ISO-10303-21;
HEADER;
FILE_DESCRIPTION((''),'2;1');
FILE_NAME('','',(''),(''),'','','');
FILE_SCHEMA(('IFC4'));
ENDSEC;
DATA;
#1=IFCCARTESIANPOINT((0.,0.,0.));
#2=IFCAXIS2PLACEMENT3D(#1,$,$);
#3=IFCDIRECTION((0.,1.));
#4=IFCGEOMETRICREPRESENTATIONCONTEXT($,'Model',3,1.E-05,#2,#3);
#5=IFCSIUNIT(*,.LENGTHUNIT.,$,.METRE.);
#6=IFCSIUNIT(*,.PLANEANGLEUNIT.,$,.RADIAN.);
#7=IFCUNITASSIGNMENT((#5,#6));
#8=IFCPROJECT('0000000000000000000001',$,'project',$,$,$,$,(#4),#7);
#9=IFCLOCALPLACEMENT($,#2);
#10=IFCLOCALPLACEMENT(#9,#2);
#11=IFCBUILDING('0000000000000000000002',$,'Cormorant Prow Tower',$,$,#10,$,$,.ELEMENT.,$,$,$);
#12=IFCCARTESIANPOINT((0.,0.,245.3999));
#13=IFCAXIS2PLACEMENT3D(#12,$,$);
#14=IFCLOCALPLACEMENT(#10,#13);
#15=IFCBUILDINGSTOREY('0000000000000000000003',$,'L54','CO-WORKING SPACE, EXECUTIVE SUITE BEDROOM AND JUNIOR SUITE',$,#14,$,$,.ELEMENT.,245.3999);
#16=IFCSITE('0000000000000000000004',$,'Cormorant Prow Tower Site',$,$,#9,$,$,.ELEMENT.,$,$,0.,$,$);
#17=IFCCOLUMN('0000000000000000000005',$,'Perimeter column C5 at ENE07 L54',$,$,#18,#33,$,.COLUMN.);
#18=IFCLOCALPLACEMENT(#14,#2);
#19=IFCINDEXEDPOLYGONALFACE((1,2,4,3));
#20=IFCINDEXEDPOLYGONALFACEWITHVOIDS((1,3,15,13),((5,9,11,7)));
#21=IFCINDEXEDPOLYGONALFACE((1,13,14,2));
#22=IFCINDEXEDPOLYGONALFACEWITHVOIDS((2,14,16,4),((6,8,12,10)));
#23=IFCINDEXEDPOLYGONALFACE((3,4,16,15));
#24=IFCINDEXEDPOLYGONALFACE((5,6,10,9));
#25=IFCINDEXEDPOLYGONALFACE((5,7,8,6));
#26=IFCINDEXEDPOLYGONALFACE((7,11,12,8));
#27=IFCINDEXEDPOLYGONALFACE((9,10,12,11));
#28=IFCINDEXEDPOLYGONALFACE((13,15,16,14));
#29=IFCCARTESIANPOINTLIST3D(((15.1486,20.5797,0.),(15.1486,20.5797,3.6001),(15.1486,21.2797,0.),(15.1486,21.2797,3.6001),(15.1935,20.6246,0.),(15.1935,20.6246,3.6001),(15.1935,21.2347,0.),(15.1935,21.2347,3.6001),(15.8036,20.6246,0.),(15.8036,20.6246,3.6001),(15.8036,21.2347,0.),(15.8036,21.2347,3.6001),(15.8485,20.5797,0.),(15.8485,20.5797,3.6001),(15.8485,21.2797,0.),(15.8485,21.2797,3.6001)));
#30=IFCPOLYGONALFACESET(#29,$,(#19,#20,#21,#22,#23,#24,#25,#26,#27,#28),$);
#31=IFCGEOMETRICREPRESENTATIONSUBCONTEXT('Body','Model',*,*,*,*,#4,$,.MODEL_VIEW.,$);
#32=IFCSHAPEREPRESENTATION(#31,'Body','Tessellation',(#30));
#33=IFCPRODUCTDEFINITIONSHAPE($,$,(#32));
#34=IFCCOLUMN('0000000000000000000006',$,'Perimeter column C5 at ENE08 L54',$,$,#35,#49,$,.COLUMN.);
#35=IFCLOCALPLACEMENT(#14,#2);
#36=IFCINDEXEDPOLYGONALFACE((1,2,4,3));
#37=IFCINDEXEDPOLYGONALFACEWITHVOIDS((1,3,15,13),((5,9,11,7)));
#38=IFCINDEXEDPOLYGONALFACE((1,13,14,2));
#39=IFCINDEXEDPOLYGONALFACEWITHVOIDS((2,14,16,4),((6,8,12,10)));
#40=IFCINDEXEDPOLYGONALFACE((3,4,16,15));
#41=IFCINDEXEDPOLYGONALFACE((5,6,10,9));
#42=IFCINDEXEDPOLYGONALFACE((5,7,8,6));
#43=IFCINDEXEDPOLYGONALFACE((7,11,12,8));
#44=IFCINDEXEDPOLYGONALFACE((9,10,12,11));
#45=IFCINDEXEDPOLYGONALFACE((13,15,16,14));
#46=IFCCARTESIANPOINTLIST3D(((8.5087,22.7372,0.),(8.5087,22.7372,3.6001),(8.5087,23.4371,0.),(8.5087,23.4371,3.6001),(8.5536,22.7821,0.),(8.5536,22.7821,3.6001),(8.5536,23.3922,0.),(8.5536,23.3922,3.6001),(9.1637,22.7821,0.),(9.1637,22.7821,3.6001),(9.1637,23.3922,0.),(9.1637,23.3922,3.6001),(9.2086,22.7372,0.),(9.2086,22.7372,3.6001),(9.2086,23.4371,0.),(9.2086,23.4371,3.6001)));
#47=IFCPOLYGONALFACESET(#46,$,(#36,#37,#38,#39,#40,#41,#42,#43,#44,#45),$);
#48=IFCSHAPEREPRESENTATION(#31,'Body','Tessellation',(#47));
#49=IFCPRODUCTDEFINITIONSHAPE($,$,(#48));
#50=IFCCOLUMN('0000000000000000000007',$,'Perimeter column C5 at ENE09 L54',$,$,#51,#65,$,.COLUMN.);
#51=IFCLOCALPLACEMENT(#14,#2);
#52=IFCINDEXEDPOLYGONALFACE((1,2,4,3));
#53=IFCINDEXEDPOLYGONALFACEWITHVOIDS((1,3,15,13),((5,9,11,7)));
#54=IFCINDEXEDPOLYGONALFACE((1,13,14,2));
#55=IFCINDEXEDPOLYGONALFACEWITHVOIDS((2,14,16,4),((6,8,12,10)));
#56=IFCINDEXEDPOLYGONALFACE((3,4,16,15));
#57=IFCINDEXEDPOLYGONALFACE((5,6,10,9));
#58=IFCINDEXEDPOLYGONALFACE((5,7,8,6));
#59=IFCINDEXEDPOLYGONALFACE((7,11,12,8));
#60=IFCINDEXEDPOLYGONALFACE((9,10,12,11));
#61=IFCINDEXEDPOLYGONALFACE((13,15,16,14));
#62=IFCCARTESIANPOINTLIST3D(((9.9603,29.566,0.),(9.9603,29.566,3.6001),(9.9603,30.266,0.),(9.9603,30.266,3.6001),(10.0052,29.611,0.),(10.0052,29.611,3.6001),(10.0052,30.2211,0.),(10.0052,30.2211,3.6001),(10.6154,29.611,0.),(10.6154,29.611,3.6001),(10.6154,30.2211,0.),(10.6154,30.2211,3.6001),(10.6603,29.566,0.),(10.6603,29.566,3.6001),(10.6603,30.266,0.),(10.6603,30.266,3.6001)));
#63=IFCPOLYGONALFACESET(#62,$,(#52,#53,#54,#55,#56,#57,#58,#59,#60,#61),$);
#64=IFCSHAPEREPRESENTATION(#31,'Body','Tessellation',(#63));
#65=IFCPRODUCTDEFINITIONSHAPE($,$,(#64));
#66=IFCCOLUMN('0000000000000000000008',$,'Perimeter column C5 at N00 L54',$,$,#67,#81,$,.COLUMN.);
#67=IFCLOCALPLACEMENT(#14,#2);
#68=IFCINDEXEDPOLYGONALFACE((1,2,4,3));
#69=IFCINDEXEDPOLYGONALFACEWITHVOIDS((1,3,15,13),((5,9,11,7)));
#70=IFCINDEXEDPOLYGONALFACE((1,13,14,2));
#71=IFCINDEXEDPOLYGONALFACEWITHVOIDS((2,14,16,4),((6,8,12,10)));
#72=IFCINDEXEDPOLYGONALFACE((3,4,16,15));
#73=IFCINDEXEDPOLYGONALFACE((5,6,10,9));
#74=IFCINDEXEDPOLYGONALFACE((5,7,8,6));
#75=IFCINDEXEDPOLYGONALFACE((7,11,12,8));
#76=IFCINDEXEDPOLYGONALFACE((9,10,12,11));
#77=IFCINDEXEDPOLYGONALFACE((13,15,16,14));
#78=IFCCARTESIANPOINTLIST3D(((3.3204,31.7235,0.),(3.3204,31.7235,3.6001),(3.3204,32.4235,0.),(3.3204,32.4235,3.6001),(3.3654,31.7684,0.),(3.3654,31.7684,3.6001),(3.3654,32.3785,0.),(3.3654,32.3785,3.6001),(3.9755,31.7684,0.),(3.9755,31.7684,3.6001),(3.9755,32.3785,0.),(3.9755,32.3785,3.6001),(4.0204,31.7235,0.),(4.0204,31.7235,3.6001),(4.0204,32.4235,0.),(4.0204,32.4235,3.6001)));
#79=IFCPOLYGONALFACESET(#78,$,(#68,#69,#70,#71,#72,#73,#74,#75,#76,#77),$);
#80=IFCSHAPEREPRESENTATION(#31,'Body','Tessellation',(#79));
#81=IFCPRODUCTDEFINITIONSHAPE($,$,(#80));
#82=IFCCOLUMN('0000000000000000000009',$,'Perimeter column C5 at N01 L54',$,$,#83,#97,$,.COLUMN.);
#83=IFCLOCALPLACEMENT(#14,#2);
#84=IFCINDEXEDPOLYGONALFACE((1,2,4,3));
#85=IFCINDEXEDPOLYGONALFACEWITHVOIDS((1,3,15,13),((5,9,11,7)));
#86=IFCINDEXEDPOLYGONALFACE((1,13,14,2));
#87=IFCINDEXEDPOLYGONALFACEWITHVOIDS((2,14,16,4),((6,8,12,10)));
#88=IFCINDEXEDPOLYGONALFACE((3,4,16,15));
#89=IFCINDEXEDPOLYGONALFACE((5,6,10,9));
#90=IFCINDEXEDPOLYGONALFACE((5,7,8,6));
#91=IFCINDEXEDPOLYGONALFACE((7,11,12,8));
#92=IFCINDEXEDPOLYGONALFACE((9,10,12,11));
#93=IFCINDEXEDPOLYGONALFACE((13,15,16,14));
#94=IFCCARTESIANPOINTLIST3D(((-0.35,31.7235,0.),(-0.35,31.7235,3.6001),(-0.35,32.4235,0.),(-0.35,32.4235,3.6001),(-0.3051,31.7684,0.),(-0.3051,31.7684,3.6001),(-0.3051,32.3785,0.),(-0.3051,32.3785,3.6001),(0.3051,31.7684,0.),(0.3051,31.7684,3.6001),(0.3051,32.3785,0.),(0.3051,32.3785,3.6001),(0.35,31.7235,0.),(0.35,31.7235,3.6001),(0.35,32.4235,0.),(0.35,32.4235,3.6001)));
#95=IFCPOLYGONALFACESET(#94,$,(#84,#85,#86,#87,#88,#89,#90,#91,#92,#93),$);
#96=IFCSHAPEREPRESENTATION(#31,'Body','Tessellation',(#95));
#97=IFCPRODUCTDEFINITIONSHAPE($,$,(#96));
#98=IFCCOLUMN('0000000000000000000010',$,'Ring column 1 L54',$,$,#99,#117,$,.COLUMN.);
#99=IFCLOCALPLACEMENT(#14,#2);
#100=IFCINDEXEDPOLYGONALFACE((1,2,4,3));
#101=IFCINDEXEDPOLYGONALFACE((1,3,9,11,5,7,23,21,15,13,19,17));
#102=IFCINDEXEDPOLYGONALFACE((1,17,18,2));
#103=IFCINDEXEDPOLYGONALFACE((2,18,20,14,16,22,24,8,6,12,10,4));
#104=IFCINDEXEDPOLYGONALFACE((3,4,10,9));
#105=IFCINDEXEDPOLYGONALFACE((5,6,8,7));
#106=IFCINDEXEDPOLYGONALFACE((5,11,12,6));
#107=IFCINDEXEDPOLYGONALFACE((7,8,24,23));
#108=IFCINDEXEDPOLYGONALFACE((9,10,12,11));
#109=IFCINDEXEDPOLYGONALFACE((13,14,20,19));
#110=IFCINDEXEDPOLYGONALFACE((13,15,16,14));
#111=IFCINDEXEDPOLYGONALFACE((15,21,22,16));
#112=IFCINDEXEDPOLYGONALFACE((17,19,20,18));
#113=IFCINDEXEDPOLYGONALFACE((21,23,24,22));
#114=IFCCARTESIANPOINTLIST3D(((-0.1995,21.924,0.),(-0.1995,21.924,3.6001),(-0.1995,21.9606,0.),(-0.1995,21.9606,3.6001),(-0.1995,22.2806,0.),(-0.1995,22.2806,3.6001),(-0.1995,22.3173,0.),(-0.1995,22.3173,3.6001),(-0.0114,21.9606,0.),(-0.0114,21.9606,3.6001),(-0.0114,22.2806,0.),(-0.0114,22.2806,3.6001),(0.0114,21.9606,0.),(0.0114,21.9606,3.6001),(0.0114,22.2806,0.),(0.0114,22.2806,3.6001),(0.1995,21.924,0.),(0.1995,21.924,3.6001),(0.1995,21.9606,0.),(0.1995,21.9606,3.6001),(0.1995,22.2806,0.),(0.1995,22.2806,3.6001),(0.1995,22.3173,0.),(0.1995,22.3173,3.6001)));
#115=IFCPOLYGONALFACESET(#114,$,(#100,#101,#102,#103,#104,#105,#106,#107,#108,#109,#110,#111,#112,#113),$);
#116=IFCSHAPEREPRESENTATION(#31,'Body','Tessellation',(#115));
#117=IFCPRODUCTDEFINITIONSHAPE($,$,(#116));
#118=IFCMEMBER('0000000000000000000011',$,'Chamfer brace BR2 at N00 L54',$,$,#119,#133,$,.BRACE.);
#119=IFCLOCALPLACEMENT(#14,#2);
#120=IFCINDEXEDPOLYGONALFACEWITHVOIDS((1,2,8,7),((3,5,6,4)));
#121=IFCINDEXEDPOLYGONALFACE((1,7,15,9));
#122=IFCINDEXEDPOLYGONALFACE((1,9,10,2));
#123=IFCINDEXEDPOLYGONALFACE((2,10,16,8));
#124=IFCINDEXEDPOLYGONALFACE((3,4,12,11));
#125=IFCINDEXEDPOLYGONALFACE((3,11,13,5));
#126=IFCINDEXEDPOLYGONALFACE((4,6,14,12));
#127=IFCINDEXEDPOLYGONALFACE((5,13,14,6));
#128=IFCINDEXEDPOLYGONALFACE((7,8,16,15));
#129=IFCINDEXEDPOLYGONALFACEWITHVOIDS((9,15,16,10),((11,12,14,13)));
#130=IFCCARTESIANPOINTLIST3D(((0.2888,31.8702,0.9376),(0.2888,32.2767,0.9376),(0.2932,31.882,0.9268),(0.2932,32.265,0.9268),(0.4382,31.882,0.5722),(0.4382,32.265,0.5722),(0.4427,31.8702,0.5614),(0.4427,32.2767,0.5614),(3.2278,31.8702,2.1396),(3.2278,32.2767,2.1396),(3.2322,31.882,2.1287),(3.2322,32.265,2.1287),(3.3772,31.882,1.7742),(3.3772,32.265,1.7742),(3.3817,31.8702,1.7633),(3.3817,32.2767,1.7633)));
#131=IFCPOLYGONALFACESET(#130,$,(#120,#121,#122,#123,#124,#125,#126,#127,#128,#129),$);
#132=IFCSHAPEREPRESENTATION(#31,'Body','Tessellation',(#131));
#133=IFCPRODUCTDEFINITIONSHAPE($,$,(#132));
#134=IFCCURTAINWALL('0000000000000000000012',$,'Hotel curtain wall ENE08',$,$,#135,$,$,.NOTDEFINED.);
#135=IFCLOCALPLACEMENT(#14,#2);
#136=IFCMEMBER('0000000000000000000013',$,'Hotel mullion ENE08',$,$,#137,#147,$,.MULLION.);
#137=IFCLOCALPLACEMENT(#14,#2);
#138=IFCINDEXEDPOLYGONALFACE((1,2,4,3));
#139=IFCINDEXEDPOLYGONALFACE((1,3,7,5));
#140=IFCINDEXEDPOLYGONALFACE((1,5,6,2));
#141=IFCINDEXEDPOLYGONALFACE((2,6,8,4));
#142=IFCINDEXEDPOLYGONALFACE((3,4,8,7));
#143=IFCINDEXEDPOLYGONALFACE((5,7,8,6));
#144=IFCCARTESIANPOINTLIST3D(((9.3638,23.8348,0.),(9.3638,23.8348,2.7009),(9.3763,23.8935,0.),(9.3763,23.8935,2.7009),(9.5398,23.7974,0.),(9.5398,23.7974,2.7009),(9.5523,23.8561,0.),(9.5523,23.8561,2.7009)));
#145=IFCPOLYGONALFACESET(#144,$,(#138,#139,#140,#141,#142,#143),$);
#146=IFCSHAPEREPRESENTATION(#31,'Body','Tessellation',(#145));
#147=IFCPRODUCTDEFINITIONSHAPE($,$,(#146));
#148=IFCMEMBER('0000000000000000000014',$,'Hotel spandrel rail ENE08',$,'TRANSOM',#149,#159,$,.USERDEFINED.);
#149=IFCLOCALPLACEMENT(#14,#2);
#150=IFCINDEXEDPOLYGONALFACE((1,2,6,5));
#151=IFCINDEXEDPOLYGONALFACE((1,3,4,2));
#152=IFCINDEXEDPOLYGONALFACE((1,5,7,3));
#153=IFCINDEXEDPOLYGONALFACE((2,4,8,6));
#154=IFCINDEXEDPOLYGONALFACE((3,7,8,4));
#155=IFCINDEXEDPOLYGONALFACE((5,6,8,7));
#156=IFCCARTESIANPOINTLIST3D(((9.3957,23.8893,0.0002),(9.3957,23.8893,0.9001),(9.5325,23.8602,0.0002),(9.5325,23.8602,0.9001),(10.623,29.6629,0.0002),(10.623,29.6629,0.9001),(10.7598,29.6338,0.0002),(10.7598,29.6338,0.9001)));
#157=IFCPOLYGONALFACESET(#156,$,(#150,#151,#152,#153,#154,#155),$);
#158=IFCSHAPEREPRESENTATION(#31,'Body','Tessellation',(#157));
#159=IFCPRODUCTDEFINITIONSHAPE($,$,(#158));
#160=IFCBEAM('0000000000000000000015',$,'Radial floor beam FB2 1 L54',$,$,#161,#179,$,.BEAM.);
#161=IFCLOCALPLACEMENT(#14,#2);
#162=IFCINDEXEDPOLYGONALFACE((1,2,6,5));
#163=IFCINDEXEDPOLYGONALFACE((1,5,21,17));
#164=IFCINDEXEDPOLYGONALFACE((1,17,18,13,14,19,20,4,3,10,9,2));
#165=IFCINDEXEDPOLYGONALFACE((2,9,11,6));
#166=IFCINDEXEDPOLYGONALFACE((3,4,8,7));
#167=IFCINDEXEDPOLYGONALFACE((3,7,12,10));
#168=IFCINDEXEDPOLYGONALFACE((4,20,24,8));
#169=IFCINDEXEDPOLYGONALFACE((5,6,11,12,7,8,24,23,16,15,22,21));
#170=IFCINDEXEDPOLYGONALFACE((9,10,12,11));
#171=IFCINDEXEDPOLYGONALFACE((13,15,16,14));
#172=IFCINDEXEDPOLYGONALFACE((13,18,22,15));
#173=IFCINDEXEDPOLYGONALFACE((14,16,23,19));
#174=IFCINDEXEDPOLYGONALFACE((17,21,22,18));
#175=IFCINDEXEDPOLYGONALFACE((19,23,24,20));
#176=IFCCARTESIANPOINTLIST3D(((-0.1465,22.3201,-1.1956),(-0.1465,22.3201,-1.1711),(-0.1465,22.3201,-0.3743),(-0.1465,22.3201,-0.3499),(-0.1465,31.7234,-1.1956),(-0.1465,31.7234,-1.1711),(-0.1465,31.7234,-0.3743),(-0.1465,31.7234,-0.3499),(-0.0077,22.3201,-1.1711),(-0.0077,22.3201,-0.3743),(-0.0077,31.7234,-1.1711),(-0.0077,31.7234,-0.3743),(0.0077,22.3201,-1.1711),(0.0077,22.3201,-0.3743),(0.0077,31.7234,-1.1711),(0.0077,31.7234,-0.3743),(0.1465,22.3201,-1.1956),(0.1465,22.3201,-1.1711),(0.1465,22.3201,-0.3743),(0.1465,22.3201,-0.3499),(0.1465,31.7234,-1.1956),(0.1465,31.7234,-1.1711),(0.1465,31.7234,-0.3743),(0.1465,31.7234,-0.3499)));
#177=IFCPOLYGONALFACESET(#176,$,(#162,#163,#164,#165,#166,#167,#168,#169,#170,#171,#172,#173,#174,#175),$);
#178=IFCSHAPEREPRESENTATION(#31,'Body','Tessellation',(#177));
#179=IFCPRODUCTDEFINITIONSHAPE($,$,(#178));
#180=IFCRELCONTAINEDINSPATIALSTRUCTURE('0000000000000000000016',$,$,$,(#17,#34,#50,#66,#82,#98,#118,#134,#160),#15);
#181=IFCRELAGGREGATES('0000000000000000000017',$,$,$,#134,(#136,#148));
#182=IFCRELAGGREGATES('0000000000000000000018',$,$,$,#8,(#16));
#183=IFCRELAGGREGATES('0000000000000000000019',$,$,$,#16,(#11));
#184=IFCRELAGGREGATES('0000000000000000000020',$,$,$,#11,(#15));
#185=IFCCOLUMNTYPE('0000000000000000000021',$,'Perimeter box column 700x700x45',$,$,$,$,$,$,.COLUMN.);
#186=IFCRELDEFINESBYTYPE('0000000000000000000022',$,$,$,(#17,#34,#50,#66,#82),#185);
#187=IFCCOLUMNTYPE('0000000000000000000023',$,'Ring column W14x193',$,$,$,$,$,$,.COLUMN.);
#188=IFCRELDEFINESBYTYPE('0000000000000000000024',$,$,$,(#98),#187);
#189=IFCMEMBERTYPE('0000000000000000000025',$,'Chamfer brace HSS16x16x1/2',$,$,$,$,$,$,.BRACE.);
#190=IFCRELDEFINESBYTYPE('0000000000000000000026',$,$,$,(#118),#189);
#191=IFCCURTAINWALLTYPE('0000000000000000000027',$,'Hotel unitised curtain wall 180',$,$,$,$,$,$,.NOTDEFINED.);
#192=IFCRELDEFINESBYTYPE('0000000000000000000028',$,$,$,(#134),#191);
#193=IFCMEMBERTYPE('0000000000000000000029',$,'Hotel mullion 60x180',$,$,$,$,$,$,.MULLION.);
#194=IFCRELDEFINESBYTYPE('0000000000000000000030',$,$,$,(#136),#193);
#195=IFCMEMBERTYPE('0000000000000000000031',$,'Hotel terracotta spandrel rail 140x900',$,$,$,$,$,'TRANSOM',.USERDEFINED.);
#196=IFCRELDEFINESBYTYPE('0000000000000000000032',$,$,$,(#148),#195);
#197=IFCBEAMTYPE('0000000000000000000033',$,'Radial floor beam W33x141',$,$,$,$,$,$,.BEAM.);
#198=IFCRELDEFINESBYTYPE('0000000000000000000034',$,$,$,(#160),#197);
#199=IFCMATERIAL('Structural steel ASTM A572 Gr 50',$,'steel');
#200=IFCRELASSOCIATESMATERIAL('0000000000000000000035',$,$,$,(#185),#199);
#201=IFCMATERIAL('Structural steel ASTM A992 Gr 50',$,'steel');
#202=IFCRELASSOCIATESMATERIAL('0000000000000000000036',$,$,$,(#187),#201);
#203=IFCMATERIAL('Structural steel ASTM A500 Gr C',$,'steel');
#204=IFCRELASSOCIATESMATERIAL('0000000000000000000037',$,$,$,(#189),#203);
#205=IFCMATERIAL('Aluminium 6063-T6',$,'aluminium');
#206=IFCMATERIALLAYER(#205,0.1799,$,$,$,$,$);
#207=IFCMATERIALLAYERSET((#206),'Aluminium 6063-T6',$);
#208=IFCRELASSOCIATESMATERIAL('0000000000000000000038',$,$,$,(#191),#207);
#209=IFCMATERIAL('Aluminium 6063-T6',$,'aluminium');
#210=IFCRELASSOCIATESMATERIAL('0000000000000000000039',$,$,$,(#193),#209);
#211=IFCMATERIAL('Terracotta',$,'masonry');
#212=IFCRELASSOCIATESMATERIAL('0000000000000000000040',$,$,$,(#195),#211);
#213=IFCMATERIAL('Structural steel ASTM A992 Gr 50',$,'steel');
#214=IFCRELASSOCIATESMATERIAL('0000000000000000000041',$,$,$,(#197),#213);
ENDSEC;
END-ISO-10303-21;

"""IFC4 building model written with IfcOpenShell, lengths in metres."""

from ifc_helpers import new_model, si_unit, direction, frame, origin, origin_2d, place, context, subcontext, project, spatial, rectangle, hollow_rectangle, i_section, extrude, material, layer, layer_set, material_profile, profile_set, type_object, element, aggregate, save


model = new_model("IFC4")

# Units and contexts
model_context = context("Model", 3, precision=1e-05, world=origin(), true_north=direction((0.0, 1.0)))
body_context = subcontext(model_context, "Body", "Model", "MODEL_VIEW")
ifc_project = project(units=[si_unit("LENGTHUNIT", "METRE"), si_unit("PLANEANGLEUNIT", "RADIAN")], contexts=[model_context])

# Site, building, storey
site_placement = place(None, origin())
site = spatial("IfcSite", under=ifc_project, at=site_placement, Name="Cormorant Prow Tower Site", CompositionType="ELEMENT", RefElevation=0.0)
building_placement = place(site_placement, origin())
building = spatial("IfcBuilding", under=site, at=building_placement, Name="Cormorant Prow Tower", CompositionType="ELEMENT")
storey_placement = place(building_placement, frame((0.0, 0.0, 245.3999)))
storey = spatial("IfcBuildingStorey", under=building, at=storey_placement, Name="L54", Description="CO-WORKING SPACE, EXECUTIVE SUITE BEDROOM AND JUNIOR SUITE", CompositionType="ELEMENT", Elevation=245.3999)

# Columns
ifc_material_1 = material(Name="Structural steel ASTM A572 Gr 50", Category="steel")
ifc_material_profile_1 = material_profile(ifc_material_1, hollow_rectangle(XDim=0.7, YDim=0.7, WallThickness=0.0449, at=origin_2d()), Name="Box 700x700x45")
ifc_profile_set_1 = profile_set([ifc_material_profile_1], Name="Structural steel ASTM A572 Gr 50")
column_type_1 = type_object("IfcColumnType", Name="Perimeter box column 700x700x45", PredefinedType="COLUMN", material=ifc_profile_set_1)
for number, where, z_axis, x_axis, name in (
    (1, (15.4985, 20.9297, 0.0), (0.0, 0.0, 1.0), (1.0, 0.0, 0.0), "Perimeter column C5 at ENE07 L54"),
    (2, (8.8586, 23.0872, 0.0), (0.0, 0.0, 1.0), (1.0, 0.0, 0.0), "Perimeter column C5 at ENE08 L54"),
    (3, (10.3103, 29.916, 0.0), (0.0, 0.0, 1.0), (1.0, 0.0, 0.0), "Perimeter column C5 at ENE09 L54"),
    (4, (3.6704, 32.0735, 0.0), (0.0, 0.0, 1.0), (1.0, 0.0, 0.0), "Perimeter column C5 at N00 L54"),
    (5, (0.0, 32.0735, 0.0), (0.0, 0.0, 1.0), (1.0, 0.0, 0.0), "Perimeter column C5 at N01 L54"),
):
    element("IfcColumn", number, at=place(storey_placement, frame(where, z_axis=z_axis, x_axis=x_axis)), inside=storey, type_object=column_type_1, Name=name, PredefinedType="COLUMN", context=body_context, shape_type="SweptSolid", body=[
        extrude(hollow_rectangle(XDim=0.7, YDim=0.7, WallThickness=0.0449, at=origin_2d()), origin(), (0.0, 0.0, 1.0), 3.6001),
    ])
ifc_material_2 = material(Name="Structural steel ASTM A992 Gr 50", Category="steel")
ifc_material_profile_2 = material_profile(ifc_material_2, i_section(OverallWidth=0.3989, OverallDepth=0.3933, WebThickness=0.0227, FlangeThickness=0.0366, at=origin_2d()), Name="W14x193")
ifc_profile_set_2 = profile_set([ifc_material_profile_2], Name="Structural steel ASTM A992 Gr 50")
column_type_2 = type_object("IfcColumnType", Name="Ring column W14x193", PredefinedType="COLUMN", material=ifc_profile_set_2)
column_placement = place(storey_placement, frame((0.0, 22.1206, 0.0), z_axis=(0.0, 0.0, 1.0), x_axis=(1.0, 0.0, 0.0)))
element("IfcColumn", 6, at=column_placement, inside=storey, type_object=column_type_2, Name="Ring column 1 L54", PredefinedType="COLUMN", context=body_context, shape_type="SweptSolid", body=[
    extrude(i_section(OverallWidth=0.3989, OverallDepth=0.3933, WebThickness=0.0227, FlangeThickness=0.0366, at=origin_2d()), origin(), (0.0, 0.0, 1.0), 3.6001),
])

# Member
ifc_material_3 = material(Name="Structural steel ASTM A500 Gr C", Category="steel")
ifc_material_profile_3 = material_profile(ifc_material_3, hollow_rectangle(XDim=0.4065, YDim=0.4065, WallThickness=0.0117, at=origin_2d()), Name="HSS16x16x1/2")
ifc_profile_set_3 = profile_set([ifc_material_profile_3], Name="Structural steel ASTM A500 Gr C")
member_type_1 = type_object("IfcMemberType", Name="Chamfer brace HSS16x16x1/2", PredefinedType="BRACE", material=ifc_profile_set_3)
member_1_placement = place(storey_placement, frame((0.3657, 32.0735, 0.7495), z_axis=(0.925591, 0.0, 0.378525), x_axis=(0.0, 1.0, 0.0)))
element("IfcMember", 7, at=member_1_placement, inside=storey, type_object=member_type_1, Name="Chamfer brace BR2 at N00 L54", PredefinedType="BRACE", context=body_context, shape_type="SweptSolid", body=[
    extrude(hollow_rectangle(XDim=0.4065, YDim=0.4065, WallThickness=0.0117, at=origin_2d()), origin(), (0.0, 0.0, 1.0), 3.1753),
])

# Curtain wall, members
ifc_material_4 = material(Name="Aluminium 6063-T6", Category="aluminium")
ifc_layer_1 = layer(ifc_material_4, 0.1799)
ifc_layer_set_1 = layer_set([ifc_layer_1], Name="Aluminium 6063-T6")
curtain_wall_type = type_object("IfcCurtainWallType", Name="Hotel unitised curtain wall 180", PredefinedType="NOTDEFINED", material=ifc_layer_set_1)
curtain_wall_placement = place(storey_placement, origin())
curtain_wall = element("IfcCurtainWall", 8, at=curtain_wall_placement, inside=storey, type_object=curtain_wall_type, Name="Hotel curtain wall ENE08", PredefinedType="NOTDEFINED")
ifc_material_5 = material(Name="Aluminium 6063-T6", Category="aluminium")
ifc_material_profile_4 = material_profile(ifc_material_5, rectangle(XDim=0.1799, YDim=0.0601, at=origin_2d()), Name="Hotel mullion 60x180")
ifc_profile_set_4 = profile_set([ifc_material_profile_4], Name="Aluminium 6063-T6")
member_type_2 = type_object("IfcMemberType", Name="Hotel mullion 60x180", PredefinedType="MULLION", material=ifc_profile_set_4)
member_2_placement = place(storey_placement, frame((9.458, 23.8455, 0.0), z_axis=(0.0, 0.0, 1.0), x_axis=(-0.978148, 0.207912, 0.0)))
member_2 = element("IfcMember", 9, at=member_2_placement, type_object=member_type_2, Name="Hotel mullion ENE08", PredefinedType="MULLION", context=body_context, shape_type="SweptSolid", body=[
    extrude(rectangle(XDim=0.1799, YDim=0.0601, at=origin_2d()), origin(), (0.0, 0.0, 1.0), 2.7009),
])
ifc_material_6 = material(Name="Terracotta", Category="masonry")
ifc_material_profile_5 = material_profile(ifc_material_6, rectangle(XDim=0.1399, YDim=0.8999, at=origin_2d()), Name="Hotel terracotta spandrel rail 140x900")
ifc_profile_set_5 = profile_set([ifc_material_profile_5], Name="Terracotta")
member_type_3 = type_object("IfcMemberType", Name="Hotel terracotta spandrel rail 140x900", ElementType="TRANSOM", PredefinedType="USERDEFINED", material=ifc_profile_set_5)
member_3_placement = place(storey_placement, frame((9.4641, 23.8748, 0.4502), z_axis=(0.207922, 0.978145, 0.0), x_axis=(-0.978145, 0.207922, 0.0)))
member_3 = element("IfcMember", 10, at=member_3_placement, type_object=member_type_3, Name="Hotel spandrel rail ENE08", ObjectType="TRANSOM", PredefinedType="USERDEFINED", context=body_context, shape_type="SweptSolid", body=[
    extrude(rectangle(XDim=0.1399, YDim=0.8999, at=origin_2d()), origin(), (0.0, 0.0, 1.0), 5.9026),
])

# Beam
ifc_material_7 = material(Name="Structural steel ASTM A992 Gr 50", Category="steel")
ifc_material_profile_6 = material_profile(ifc_material_7, i_section(OverallWidth=0.293, OverallDepth=0.8457, WebThickness=0.0154, FlangeThickness=0.0244, at=origin_2d()), Name="W33x141")
ifc_profile_set_6 = profile_set([ifc_material_profile_6], Name="Structural steel ASTM A992 Gr 50")
beam_type_1 = type_object("IfcBeamType", Name="Radial floor beam W33x141", PredefinedType="BEAM", material=ifc_profile_set_6)
beam_1_placement = place(storey_placement, frame((0.0, 22.3201, -0.7727), z_axis=(0.0, 1.0, 0.0), x_axis=(-1.0, 0.0, 0.0)))
element("IfcBeam", 11, at=beam_1_placement, inside=storey, type_object=beam_type_1, Name="Radial floor beam FB2 1 L54", PredefinedType="BEAM", context=body_context, shape_type="SweptSolid", body=[
    extrude(i_section(OverallWidth=0.293, OverallDepth=0.8457, WebThickness=0.0154, FlangeThickness=0.0244, at=origin_2d()), origin(), (0.0, 0.0, 1.0), 9.4033),
])

aggregate(curtain_wall, [member_2, member_3])

save(model, "model.ifc")
